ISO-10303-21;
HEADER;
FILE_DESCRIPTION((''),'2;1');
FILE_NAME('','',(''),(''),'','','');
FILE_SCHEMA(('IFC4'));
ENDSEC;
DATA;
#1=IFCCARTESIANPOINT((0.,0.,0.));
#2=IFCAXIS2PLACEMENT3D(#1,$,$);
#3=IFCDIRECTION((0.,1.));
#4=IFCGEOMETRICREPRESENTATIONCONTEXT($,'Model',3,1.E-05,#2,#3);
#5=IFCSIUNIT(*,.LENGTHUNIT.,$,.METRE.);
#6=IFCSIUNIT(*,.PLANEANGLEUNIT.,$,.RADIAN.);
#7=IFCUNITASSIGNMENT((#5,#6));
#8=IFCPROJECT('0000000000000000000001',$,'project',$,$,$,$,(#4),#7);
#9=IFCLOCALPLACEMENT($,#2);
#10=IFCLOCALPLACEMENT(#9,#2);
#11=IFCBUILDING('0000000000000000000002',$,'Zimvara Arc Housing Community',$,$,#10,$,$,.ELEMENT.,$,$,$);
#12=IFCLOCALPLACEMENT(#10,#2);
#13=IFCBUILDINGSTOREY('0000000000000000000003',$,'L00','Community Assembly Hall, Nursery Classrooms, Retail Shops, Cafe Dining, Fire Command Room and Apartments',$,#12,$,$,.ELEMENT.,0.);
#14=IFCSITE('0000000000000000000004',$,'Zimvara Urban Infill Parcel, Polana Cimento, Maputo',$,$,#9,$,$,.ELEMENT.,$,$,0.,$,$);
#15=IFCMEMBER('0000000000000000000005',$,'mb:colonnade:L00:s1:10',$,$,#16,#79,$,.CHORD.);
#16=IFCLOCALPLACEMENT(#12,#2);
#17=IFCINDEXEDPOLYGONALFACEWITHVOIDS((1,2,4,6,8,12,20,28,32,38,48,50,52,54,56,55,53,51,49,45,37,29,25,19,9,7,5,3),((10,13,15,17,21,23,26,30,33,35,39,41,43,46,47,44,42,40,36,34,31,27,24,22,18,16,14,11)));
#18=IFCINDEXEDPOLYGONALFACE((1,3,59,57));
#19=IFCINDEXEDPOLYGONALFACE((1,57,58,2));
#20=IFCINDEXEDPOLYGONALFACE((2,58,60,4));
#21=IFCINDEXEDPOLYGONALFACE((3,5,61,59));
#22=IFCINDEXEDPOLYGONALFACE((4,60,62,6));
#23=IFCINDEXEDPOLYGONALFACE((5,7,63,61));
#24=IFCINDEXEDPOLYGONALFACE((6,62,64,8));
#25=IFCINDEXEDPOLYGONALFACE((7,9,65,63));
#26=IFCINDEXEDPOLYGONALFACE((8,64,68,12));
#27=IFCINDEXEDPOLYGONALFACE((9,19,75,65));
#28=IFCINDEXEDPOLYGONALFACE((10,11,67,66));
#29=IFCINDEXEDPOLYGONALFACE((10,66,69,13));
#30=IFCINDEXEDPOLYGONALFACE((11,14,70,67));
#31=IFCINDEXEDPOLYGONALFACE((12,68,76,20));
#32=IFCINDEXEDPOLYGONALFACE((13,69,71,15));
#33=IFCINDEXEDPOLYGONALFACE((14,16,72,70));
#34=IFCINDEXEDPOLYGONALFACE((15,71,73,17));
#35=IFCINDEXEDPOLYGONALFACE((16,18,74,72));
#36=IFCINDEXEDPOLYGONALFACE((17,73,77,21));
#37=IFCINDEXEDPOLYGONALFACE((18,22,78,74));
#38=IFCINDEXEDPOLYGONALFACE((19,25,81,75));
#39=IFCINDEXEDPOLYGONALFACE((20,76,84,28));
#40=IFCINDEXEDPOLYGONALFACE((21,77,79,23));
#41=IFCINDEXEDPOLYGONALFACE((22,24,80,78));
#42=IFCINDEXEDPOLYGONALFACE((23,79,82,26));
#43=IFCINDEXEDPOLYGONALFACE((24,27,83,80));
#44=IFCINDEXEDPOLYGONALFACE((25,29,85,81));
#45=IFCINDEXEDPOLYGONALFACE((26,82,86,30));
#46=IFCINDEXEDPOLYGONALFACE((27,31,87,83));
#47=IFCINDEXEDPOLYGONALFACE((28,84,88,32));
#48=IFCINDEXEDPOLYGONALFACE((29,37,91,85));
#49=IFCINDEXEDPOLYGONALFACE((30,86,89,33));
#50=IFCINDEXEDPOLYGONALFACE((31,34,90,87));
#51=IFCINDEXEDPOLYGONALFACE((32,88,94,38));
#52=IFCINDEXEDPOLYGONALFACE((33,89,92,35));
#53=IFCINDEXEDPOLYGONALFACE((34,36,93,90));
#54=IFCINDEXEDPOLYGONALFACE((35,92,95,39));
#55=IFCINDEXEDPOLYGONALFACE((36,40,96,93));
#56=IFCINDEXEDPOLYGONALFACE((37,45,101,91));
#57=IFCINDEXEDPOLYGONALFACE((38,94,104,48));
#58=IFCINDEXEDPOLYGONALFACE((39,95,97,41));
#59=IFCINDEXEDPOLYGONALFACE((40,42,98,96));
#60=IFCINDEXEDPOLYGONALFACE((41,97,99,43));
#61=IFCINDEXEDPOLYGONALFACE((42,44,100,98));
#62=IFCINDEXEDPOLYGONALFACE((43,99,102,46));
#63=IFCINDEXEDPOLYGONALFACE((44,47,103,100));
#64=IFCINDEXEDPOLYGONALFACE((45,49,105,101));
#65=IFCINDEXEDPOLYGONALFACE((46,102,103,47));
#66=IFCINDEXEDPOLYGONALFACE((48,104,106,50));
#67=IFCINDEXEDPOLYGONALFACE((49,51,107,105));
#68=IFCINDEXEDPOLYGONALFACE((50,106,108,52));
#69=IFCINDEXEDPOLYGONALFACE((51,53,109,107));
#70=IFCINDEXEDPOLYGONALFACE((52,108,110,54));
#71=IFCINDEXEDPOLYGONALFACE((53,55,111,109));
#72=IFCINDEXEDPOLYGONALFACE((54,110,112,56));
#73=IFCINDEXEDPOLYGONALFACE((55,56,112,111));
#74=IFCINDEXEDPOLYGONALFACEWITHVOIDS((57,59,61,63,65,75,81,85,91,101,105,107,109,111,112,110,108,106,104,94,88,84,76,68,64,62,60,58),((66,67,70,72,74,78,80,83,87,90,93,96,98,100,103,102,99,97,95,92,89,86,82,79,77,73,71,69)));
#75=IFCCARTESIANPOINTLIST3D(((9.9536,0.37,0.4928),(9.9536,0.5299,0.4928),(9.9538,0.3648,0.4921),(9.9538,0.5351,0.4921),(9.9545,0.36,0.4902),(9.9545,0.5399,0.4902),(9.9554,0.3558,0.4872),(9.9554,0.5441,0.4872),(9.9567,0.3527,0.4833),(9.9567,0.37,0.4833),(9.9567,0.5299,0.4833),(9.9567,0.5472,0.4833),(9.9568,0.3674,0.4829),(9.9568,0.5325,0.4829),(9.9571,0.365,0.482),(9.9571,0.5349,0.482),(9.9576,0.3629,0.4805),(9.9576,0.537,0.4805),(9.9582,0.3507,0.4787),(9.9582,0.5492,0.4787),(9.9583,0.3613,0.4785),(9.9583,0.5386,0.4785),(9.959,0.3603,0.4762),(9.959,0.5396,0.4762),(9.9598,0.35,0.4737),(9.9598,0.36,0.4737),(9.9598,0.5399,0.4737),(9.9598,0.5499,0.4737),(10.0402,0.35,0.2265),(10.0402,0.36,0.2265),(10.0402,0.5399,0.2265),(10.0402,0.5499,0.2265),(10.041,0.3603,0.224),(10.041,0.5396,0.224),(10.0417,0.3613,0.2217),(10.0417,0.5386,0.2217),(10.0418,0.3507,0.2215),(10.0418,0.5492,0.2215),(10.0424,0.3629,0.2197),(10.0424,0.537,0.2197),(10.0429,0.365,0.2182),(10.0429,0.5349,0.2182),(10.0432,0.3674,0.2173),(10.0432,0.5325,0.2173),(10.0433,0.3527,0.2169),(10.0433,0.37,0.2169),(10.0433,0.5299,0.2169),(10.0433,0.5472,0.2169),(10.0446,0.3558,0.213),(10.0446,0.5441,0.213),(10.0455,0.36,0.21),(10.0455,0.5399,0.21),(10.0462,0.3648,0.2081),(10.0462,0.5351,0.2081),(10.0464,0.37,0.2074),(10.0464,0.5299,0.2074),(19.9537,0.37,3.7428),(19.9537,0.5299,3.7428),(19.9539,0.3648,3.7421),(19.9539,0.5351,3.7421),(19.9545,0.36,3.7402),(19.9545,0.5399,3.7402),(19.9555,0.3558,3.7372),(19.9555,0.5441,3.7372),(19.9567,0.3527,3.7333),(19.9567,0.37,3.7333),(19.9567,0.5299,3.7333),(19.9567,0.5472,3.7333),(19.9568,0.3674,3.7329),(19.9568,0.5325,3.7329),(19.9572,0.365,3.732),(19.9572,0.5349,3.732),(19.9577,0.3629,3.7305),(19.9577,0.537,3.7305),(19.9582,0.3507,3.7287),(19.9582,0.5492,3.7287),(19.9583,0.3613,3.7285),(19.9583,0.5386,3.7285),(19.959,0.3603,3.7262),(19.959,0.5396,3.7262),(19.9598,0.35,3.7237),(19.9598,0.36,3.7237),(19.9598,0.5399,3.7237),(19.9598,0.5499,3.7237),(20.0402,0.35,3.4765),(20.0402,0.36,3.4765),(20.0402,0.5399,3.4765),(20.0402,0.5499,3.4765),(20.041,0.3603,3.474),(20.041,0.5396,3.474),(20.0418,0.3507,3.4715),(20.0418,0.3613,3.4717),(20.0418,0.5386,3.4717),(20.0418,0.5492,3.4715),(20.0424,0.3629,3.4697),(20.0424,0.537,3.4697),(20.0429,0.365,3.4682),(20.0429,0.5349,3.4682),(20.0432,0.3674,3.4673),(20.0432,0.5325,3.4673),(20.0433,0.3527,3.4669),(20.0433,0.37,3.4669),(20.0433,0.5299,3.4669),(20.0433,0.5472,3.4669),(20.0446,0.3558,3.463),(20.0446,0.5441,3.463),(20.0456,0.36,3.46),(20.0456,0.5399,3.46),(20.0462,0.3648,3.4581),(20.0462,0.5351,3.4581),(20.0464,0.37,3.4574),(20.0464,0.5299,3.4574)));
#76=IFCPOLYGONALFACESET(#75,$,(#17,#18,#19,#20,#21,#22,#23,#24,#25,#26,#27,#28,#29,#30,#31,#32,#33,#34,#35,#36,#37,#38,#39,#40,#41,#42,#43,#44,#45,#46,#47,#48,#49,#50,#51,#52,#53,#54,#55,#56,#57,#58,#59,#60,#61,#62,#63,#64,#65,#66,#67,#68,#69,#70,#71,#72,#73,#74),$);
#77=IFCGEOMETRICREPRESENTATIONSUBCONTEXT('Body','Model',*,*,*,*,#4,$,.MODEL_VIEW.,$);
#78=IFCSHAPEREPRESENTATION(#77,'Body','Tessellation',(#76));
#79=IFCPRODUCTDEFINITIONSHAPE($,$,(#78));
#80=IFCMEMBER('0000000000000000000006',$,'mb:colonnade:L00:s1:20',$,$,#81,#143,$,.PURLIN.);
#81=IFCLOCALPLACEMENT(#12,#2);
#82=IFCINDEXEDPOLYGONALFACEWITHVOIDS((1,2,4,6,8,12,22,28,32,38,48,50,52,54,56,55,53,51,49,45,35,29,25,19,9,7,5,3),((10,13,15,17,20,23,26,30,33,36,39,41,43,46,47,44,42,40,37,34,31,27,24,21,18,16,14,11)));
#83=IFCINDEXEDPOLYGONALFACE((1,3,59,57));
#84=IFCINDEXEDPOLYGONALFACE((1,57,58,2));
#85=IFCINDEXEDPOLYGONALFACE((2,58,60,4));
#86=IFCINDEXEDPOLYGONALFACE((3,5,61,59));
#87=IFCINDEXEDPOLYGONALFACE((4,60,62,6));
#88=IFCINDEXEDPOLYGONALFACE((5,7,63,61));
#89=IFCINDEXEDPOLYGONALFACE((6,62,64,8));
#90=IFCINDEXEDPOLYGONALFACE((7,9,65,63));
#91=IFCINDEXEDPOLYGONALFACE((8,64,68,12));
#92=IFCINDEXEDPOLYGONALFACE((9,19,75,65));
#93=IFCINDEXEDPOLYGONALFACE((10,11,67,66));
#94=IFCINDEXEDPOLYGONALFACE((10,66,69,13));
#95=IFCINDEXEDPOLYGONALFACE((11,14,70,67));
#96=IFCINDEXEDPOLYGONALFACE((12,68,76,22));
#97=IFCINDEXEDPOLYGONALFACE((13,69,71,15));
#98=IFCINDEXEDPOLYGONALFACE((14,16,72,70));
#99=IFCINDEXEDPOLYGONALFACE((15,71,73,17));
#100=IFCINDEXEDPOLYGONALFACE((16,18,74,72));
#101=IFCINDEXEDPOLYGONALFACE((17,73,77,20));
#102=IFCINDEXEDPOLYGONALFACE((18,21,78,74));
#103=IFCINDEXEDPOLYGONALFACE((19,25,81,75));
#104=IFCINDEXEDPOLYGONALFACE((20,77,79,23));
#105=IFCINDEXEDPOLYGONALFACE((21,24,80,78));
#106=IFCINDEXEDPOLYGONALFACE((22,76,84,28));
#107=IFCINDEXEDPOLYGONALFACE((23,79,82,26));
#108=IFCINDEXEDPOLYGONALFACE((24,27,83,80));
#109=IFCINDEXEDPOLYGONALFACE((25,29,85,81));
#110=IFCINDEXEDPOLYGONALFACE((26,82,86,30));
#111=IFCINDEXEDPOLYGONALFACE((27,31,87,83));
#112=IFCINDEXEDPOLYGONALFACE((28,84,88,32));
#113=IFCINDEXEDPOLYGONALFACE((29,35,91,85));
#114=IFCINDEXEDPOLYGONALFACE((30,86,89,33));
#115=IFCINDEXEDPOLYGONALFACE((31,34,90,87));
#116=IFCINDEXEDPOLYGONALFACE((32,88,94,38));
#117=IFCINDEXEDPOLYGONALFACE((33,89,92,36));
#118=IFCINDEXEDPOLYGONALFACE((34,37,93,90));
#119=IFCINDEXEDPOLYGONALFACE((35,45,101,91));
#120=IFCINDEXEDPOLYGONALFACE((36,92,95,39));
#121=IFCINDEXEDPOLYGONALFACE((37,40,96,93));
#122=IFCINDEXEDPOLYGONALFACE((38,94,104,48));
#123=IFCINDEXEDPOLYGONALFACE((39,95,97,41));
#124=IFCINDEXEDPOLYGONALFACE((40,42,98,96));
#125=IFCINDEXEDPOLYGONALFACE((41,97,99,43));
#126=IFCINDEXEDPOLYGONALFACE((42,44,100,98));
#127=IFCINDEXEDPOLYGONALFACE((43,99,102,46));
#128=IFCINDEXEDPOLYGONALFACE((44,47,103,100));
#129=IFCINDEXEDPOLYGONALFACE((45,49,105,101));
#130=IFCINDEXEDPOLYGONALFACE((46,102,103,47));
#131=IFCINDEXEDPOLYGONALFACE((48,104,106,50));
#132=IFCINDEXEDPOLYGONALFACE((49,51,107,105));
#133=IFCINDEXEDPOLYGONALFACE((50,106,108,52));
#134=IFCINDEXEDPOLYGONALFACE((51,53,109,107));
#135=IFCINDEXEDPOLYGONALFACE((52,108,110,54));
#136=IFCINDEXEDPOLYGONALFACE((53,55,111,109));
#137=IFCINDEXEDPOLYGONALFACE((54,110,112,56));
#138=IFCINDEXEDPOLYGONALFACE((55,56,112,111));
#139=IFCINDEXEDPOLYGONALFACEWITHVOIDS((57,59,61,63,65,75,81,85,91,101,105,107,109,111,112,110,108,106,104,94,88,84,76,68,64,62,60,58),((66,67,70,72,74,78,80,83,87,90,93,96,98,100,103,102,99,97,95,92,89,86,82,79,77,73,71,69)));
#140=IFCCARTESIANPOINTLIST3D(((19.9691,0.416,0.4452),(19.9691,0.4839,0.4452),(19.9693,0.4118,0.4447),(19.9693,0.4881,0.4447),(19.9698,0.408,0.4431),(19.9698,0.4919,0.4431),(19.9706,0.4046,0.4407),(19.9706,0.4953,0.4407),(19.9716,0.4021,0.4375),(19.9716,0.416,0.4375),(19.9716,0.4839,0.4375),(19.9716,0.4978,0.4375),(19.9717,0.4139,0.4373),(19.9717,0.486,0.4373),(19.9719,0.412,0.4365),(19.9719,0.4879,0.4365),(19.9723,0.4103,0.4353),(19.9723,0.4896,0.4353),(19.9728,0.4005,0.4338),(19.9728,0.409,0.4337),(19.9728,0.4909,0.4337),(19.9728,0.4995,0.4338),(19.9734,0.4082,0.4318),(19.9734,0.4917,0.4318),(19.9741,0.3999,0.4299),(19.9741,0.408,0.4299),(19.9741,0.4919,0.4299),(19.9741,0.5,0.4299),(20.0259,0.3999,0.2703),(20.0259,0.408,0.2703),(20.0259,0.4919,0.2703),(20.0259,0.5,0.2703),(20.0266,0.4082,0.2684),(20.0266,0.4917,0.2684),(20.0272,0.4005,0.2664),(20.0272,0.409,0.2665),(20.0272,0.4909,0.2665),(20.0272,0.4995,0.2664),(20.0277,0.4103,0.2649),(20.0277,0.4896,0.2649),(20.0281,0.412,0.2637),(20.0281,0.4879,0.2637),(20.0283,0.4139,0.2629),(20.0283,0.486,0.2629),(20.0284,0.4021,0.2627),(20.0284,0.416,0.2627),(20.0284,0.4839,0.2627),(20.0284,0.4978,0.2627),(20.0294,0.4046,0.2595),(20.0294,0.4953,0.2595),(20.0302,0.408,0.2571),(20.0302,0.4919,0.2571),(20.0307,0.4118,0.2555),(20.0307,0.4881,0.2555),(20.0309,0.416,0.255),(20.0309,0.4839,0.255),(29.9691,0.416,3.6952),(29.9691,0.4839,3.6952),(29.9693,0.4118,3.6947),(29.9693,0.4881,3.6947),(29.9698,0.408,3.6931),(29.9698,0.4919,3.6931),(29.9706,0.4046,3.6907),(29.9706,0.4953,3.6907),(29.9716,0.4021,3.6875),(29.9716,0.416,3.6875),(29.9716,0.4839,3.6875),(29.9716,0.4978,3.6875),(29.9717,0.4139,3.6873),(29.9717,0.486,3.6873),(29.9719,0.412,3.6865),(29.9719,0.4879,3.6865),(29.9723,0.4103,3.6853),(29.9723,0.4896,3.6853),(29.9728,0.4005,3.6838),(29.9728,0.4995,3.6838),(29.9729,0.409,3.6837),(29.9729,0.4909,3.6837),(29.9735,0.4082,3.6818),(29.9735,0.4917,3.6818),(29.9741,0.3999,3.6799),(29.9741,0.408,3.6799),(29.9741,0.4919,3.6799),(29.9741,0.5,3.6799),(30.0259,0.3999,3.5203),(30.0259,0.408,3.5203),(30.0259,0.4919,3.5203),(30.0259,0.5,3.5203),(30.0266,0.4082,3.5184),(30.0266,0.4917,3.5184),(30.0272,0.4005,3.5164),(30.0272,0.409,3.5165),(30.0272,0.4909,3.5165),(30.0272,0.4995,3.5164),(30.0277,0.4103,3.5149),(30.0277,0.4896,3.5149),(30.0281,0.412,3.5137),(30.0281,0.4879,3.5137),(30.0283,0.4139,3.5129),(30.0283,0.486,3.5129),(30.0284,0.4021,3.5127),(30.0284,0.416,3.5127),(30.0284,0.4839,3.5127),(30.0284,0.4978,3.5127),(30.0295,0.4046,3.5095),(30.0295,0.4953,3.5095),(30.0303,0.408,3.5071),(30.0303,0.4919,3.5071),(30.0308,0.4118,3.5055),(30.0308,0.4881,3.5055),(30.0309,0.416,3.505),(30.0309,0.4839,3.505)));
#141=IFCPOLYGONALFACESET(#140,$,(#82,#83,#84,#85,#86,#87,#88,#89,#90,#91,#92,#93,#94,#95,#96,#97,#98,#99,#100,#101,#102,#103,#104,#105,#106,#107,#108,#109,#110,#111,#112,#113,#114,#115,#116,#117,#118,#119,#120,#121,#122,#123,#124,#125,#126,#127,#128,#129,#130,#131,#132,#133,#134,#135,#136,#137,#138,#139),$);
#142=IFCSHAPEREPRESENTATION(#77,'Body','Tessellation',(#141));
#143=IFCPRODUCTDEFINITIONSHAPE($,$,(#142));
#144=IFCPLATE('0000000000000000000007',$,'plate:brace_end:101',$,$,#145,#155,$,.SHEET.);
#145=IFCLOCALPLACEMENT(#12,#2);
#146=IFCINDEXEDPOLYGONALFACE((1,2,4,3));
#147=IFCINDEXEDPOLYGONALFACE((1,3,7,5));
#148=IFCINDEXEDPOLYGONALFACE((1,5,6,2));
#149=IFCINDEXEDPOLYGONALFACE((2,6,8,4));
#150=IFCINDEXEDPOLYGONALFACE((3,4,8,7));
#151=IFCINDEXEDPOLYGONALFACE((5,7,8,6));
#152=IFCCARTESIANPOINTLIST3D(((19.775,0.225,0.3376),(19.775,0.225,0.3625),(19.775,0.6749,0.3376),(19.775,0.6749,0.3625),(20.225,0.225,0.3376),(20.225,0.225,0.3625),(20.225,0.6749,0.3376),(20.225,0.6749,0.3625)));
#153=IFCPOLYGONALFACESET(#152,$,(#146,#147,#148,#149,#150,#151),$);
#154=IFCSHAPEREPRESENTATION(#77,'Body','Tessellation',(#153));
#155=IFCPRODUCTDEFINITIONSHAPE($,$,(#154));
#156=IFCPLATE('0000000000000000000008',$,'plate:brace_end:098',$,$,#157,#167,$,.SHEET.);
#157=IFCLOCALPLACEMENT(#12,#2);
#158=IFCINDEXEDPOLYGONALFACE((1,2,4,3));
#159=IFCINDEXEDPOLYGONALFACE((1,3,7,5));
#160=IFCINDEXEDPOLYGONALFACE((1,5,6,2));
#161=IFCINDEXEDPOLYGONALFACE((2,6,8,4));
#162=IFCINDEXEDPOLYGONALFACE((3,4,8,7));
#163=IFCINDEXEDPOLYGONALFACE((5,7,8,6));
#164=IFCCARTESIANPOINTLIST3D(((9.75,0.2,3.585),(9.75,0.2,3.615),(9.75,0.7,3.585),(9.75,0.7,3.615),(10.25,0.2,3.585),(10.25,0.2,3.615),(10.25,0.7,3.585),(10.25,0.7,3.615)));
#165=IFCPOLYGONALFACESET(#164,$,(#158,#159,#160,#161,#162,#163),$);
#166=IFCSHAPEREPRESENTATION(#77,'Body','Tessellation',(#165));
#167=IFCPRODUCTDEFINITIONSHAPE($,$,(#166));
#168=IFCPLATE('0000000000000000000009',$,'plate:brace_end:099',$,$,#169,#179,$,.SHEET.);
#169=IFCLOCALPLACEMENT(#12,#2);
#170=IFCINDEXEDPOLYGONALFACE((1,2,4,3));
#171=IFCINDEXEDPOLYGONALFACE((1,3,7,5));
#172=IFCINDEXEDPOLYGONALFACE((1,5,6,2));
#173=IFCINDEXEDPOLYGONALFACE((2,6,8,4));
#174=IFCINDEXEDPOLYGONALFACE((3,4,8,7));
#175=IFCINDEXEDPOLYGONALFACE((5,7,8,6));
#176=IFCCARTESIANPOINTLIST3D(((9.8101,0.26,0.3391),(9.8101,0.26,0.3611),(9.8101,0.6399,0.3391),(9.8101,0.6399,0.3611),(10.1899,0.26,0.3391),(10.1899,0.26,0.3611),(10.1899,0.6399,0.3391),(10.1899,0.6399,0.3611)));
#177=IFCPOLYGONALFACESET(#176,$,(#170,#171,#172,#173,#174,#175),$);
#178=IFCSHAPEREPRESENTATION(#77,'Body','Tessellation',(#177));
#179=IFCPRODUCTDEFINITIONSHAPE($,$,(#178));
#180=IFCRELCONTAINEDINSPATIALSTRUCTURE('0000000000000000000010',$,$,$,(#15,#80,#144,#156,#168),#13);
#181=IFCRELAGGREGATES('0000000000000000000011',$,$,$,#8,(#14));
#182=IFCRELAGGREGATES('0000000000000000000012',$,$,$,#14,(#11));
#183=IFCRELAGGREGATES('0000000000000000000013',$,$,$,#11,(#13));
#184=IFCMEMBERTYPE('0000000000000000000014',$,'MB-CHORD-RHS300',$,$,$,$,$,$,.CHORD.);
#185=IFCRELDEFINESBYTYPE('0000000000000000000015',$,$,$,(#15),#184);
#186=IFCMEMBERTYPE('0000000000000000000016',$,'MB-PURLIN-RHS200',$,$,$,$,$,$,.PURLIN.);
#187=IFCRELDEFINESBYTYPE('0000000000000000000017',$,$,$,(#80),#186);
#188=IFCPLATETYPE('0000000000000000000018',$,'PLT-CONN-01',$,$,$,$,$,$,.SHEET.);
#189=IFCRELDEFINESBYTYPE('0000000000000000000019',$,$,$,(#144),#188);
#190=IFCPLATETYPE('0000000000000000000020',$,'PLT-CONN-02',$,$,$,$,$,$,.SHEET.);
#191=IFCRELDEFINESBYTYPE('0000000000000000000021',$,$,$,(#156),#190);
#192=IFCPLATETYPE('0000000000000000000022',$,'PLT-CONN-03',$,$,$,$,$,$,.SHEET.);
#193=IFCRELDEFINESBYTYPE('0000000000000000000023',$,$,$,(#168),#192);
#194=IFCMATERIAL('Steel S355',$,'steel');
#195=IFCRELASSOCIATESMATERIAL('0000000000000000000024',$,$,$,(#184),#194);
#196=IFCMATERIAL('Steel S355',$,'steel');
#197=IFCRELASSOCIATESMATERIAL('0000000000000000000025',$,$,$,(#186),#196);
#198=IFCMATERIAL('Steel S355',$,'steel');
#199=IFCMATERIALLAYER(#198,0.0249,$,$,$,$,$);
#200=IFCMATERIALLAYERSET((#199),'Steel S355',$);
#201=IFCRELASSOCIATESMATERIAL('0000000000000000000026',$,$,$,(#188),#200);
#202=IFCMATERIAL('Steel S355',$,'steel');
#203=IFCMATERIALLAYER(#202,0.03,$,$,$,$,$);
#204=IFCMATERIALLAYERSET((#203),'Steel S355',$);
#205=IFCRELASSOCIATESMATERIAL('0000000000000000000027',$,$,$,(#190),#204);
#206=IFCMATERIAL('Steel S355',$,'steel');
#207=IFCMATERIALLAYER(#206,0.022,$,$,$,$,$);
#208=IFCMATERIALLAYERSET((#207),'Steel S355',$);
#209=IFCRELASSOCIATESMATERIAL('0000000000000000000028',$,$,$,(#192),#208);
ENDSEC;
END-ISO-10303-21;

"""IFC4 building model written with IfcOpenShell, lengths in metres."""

from ifc_helpers import new_model, si_unit, direction, frame, origin, origin_2d, place, context, subcontext, project, spatial, rectangle, hollow_rectangle, extrude, material, layer, layer_set, material_profile, profile_set, type_object, element, save


model = new_model("IFC4")

# Units and contexts
model_context = context("Model", 3, precision=1e-05, world=origin(), true_north=direction((0.0, 1.0)))
body_context = subcontext(model_context, "Body", "Model", "MODEL_VIEW")
ifc_project = project(units=[si_unit("LENGTHUNIT", "METRE"), si_unit("PLANEANGLEUNIT", "RADIAN")], contexts=[model_context])

# Site, building, storey
site_placement = place(None, origin())
site = spatial("IfcSite", under=ifc_project, at=site_placement, Name="Zimvara Urban Infill Parcel, Polana Cimento, Maputo", CompositionType="ELEMENT", RefElevation=0.0)
building_placement = place(site_placement, origin())
building = spatial("IfcBuilding", under=site, at=building_placement, Name="Zimvara Arc Housing Community", CompositionType="ELEMENT")
storey_placement = place(building_placement, origin())
storey = spatial("IfcBuildingStorey", under=building, at=storey_placement, Name="L00", Description="Community Assembly Hall, Nursery Classrooms, Retail Shops, Cafe Dining, Fire Command Room and Apartments", CompositionType="ELEMENT", Elevation=0.0)

# Members
ifc_material_1 = material(Name="Steel S355", Category="steel")
ifc_material_profile_1 = material_profile(ifc_material_1, hollow_rectangle(XDim=0.2, YDim=0.3, WallThickness=0.01, InnerFilletRadius=0.01, OuterFilletRadius=0.02, at=origin_2d()), Name="RHS 300x200x10.0")
ifc_profile_set_1 = profile_set([ifc_material_profile_1], Name="Steel S355")
member_type_1 = type_object("IfcMemberType", Name="MB-CHORD-RHS300", PredefinedType="CHORD", material=ifc_profile_set_1)
member_1_placement = place(storey_placement, frame((10.0, 0.45, 0.3501), z_axis=(0.951034, 0.0, 0.309086), x_axis=(0.0, 1.0, 0.0)))
element("IfcMember", 1, at=member_1_placement, inside=storey, type_object=member_type_1, Name="mb:colonnade:L00:s1:10", PredefinedType="CHORD", context=body_context, shape_type="SweptSolid", body=[
    extrude(hollow_rectangle(XDim=0.2, YDim=0.3, WallThickness=0.01, InnerFilletRadius=0.01, OuterFilletRadius=0.02, at=origin_2d()), origin(), (0.0, 0.0, 1.0), 10.5149),
])
ifc_material_2 = material(Name="Steel S355", Category="steel")
ifc_material_profile_2 = material_profile(ifc_material_2, hollow_rectangle(XDim=0.1001, YDim=0.2, WallThickness=0.0081, InnerFilletRadius=0.0081, OuterFilletRadius=0.0161, at=origin_2d()), Name="RHS 200x100x8.0")
ifc_profile_set_2 = profile_set([ifc_material_profile_2], Name="Steel S355")
member_type_2 = type_object("IfcMemberType", Name="MB-PURLIN-RHS200", PredefinedType="PURLIN", material=ifc_profile_set_2)
member_2_placement = place(storey_placement, frame((20.0, 0.45, 0.3501), z_axis=(0.951034, 0.0, 0.309086), x_axis=(0.0, 1.0, 0.0)))
element("IfcMember", 2, at=member_2_placement, inside=storey, type_object=member_type_2, Name="mb:colonnade:L00:s1:20", PredefinedType="PURLIN", context=body_context, shape_type="SweptSolid", body=[
    extrude(hollow_rectangle(XDim=0.1001, YDim=0.2, WallThickness=0.0081, InnerFilletRadius=0.0081, OuterFilletRadius=0.0161, at=origin_2d()), origin(), (0.0, 0.0, 1.0), 10.5149),
])

# Plates
ifc_material_3 = material(Name="Steel S355", Category="steel")
ifc_layer_1 = layer(ifc_material_3, 0.0249)
ifc_layer_set_1 = layer_set([ifc_layer_1], Name="Steel S355")
plate_type_1 = type_object("IfcPlateType", Name="PLT-CONN-01", PredefinedType="SHEET", material=ifc_layer_set_1)
plate_1_placement = place(storey_placement, frame((20.0, 0.45, 0.3376), z_axis=(0.0, 0.0, 1.0), x_axis=(1.0, 0.0, 0.0)))
element("IfcPlate", 3, at=plate_1_placement, inside=storey, type_object=plate_type_1, Name="plate:brace_end:101", PredefinedType="SHEET", context=body_context, shape_type="SweptSolid", body=[
    extrude(rectangle(XDim=0.45, YDim=0.45, at=origin_2d()), origin(), (0.0, 0.0, 1.0), 0.0249),
])
ifc_material_4 = material(Name="Steel S355", Category="steel")
ifc_layer_2 = layer(ifc_material_4, 0.03)
ifc_layer_set_2 = layer_set([ifc_layer_2], Name="Steel S355")
plate_type_2 = type_object("IfcPlateType", Name="PLT-CONN-02", PredefinedType="SHEET", material=ifc_layer_set_2)
plate_2_placement = place(storey_placement, frame((10.0, 0.45, 3.585), z_axis=(0.0, 0.0, 1.0), x_axis=(1.0, 0.0, 0.0)))
element("IfcPlate", 4, at=plate_2_placement, inside=storey, type_object=plate_type_2, Name="plate:brace_end:098", PredefinedType="SHEET", context=body_context, shape_type="SweptSolid", body=[
    extrude(rectangle(XDim=0.5, YDim=0.5, at=origin_2d()), origin(), (0.0, 0.0, 1.0), 0.03),
])
ifc_material_5 = material(Name="Steel S355", Category="steel")
ifc_layer_3 = layer(ifc_material_5, 0.022)
ifc_layer_set_3 = layer_set([ifc_layer_3], Name="Steel S355")
plate_type_3 = type_object("IfcPlateType", Name="PLT-CONN-03", PredefinedType="SHEET", material=ifc_layer_set_3)
plate_3_placement = place(storey_placement, frame((10.0, 0.45, 0.3391), z_axis=(0.0, 0.0, 1.0), x_axis=(1.0, 0.0, 0.0)))
element("IfcPlate", 5, at=plate_3_placement, inside=storey, type_object=plate_type_3, Name="plate:brace_end:099", PredefinedType="SHEET", context=body_context, shape_type="SweptSolid", body=[
    extrude(rectangle(XDim=0.3799, YDim=0.3799, at=origin_2d()), origin(), (0.0, 0.0, 1.0), 0.022),
])

save(model, "model.ifc")
